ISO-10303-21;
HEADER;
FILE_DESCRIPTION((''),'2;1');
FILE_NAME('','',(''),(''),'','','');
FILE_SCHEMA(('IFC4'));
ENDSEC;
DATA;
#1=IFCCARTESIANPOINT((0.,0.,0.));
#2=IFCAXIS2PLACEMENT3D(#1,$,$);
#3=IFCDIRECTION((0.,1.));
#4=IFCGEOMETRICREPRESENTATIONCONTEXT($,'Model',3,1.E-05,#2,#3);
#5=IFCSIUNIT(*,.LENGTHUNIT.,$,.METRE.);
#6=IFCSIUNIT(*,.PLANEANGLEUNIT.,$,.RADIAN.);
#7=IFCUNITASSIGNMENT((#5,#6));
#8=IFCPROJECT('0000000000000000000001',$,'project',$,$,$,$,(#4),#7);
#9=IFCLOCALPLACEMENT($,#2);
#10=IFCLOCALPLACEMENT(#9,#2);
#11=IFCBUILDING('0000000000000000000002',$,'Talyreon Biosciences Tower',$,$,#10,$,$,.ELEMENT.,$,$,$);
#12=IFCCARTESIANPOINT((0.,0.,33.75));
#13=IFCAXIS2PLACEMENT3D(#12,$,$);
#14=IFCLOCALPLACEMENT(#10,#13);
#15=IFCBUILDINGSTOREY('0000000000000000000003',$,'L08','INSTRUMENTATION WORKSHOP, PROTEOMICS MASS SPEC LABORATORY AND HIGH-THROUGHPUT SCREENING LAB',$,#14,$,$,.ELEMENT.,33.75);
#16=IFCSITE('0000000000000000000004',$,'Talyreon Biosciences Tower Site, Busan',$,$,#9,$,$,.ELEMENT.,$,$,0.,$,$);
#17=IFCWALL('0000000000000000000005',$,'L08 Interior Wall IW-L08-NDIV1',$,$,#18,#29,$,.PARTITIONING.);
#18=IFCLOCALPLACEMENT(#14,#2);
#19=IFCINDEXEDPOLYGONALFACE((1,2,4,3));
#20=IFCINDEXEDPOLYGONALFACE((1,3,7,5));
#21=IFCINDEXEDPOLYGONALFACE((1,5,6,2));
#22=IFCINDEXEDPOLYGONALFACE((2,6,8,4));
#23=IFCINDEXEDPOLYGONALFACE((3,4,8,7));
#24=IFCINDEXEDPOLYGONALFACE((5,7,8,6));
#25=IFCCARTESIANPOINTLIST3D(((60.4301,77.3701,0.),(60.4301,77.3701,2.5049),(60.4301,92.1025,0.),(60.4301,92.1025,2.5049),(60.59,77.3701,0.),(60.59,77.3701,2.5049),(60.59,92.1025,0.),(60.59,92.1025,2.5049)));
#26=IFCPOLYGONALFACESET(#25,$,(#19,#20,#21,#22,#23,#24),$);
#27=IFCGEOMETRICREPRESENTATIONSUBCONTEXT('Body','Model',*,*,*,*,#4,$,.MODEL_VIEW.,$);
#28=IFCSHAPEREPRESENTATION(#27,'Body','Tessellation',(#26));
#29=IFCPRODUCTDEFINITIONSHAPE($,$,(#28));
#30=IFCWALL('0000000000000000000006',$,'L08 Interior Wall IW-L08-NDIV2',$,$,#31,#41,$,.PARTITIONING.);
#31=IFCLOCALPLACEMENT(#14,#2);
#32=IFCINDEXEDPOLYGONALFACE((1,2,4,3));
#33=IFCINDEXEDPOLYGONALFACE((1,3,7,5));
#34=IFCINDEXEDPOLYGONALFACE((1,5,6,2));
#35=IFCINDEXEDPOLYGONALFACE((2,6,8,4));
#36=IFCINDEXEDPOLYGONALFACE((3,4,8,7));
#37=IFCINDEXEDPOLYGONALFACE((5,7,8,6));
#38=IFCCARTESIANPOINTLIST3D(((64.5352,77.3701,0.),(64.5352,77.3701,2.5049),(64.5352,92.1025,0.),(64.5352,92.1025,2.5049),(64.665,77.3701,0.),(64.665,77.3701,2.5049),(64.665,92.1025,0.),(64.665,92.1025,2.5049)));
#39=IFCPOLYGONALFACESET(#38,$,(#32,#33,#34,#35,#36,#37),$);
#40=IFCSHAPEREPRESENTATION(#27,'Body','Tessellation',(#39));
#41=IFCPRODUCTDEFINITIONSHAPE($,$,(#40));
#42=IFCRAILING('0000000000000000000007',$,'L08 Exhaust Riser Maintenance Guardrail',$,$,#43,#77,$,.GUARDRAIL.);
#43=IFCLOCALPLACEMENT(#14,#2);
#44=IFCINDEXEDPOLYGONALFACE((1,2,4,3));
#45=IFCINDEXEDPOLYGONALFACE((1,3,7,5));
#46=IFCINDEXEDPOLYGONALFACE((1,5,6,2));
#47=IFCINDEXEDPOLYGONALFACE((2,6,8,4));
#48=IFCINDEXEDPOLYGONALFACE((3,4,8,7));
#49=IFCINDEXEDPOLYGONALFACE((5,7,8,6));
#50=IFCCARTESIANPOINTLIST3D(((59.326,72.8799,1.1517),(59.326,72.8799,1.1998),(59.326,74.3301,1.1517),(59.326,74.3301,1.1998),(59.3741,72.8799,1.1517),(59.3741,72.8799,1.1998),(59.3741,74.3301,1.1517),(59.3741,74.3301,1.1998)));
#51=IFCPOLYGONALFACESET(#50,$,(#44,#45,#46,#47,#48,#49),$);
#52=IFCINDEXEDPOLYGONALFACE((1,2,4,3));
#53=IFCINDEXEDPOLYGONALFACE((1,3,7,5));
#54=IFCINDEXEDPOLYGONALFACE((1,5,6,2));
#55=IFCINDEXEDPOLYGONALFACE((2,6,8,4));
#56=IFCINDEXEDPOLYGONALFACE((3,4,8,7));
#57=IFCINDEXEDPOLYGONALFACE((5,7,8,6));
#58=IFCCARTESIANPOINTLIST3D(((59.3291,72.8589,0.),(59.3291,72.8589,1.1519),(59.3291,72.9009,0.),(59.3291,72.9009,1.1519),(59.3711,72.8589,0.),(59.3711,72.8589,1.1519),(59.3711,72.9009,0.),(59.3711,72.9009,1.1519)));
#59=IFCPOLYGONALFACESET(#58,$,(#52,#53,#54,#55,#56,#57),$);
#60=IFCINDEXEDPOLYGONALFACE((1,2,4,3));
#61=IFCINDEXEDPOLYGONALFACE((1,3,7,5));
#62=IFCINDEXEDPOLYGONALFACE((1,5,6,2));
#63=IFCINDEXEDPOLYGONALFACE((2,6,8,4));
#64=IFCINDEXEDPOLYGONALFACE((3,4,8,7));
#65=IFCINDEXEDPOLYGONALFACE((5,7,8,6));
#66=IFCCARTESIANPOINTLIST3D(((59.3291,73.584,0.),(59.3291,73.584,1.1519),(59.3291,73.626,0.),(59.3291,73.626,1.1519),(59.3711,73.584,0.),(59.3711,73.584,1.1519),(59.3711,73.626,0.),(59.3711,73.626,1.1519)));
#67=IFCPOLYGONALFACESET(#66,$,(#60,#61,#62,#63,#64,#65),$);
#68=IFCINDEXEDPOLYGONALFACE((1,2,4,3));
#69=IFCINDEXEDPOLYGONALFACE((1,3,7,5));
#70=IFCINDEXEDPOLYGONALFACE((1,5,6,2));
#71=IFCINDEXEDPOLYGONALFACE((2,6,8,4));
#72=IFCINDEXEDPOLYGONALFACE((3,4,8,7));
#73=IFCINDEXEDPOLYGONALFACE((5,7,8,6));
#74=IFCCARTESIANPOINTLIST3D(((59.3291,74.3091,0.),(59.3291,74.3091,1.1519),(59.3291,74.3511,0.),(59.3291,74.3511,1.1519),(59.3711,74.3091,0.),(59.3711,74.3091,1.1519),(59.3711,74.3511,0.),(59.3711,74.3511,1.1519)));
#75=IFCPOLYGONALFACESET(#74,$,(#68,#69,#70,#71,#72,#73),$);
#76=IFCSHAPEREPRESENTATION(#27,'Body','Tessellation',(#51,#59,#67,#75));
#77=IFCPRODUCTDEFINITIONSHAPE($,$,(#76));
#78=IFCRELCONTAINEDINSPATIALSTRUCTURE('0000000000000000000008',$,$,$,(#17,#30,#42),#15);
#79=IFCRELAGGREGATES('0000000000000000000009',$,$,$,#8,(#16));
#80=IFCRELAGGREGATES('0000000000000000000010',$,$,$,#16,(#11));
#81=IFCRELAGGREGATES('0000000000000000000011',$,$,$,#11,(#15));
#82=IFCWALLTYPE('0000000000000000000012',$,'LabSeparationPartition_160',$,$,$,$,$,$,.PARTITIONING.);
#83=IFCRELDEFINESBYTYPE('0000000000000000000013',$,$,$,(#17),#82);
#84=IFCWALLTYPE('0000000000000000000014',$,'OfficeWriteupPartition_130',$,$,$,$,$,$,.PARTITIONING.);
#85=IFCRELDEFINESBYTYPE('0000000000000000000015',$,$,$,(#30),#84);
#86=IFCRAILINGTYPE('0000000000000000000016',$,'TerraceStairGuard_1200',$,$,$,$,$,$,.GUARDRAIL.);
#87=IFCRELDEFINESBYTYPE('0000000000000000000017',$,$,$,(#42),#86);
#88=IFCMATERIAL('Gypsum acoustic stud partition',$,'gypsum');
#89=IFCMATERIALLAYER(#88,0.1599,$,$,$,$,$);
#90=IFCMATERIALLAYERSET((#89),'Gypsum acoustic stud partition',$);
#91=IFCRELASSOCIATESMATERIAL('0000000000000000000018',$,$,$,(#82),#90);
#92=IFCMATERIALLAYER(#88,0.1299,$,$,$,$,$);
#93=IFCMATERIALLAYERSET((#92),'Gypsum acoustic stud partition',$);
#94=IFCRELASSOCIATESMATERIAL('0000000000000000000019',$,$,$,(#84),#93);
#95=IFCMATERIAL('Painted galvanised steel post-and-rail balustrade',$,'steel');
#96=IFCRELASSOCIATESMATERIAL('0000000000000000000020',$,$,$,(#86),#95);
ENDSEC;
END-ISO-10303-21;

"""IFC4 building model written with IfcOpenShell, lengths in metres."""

from ifc_helpers import new_model, si_unit, direction, frame, frame_2d, origin, origin_2d, place, context, subcontext, project, spatial, rectangle, extrude, material, layer, layer_set, type_object, element, save


model = new_model("IFC4")

# Units and contexts
model_context = context("Model", 3, precision=1e-05, world=origin(), true_north=direction((0.0, 1.0)))
body_context = subcontext(model_context, "Body", "Model", "MODEL_VIEW")
ifc_project = project(units=[si_unit("LENGTHUNIT", "METRE"), si_unit("PLANEANGLEUNIT", "RADIAN")], contexts=[model_context])

# Site, building, storey
site_placement = place(None, origin())
site = spatial("IfcSite", under=ifc_project, at=site_placement, Name="Talyreon Biosciences Tower Site, Busan", CompositionType="ELEMENT", RefElevation=0.0)
building_placement = place(site_placement, origin())
building = spatial("IfcBuilding", under=site, at=building_placement, Name="Talyreon Biosciences Tower", CompositionType="ELEMENT")
storey_placement = place(building_placement, frame((0.0, 0.0, 33.75)))
storey = spatial("IfcBuildingStorey", under=building, at=storey_placement, Name="L08", Description="INSTRUMENTATION WORKSHOP, PROTEOMICS MASS SPEC LABORATORY AND HIGH-THROUGHPUT SCREENING LAB", CompositionType="ELEMENT", Elevation=33.75)

# Walls
ifc_material_1 = material(Name="Gypsum acoustic stud partition", Category="gypsum")
ifc_layer_1 = layer(ifc_material_1, 0.1599)
ifc_layer_set_1 = layer_set([ifc_layer_1], Name="Gypsum acoustic stud partition")
wall_type_1 = type_object("IfcWallType", Name="LabSeparationPartition_160", PredefinedType="PARTITIONING", material=ifc_layer_set_1)
wall_1_placement = place(storey_placement, frame((60.51, 77.3701, 0.0), z_axis=(0.0, 0.0, 1.0), x_axis=(0.0, 1.0, 0.0)))
element("IfcWall", 1, at=wall_1_placement, inside=storey, type_object=wall_type_1, Name="L08 Interior Wall IW-L08-NDIV1", PredefinedType="PARTITIONING", context=body_context, shape_type="SweptSolid", body=[
    extrude(rectangle(XDim=14.7324, YDim=0.1599, at=frame_2d((7.3662, 0.0))), origin(), (0.0, 0.0, 1.0), 2.5049),
])
ifc_layer_2 = layer(ifc_material_1, 0.1299)
ifc_layer_set_2 = layer_set([ifc_layer_2], Name="Gypsum acoustic stud partition")
wall_type_2 = type_object("IfcWallType", Name="OfficeWriteupPartition_130", PredefinedType="PARTITIONING", material=ifc_layer_set_2)
wall_2_placement = place(storey_placement, frame((64.6001, 77.3701, 0.0), z_axis=(0.0, 0.0, 1.0), x_axis=(0.0, 1.0, 0.0)))
element("IfcWall", 2, at=wall_2_placement, inside=storey, type_object=wall_type_2, Name="L08 Interior Wall IW-L08-NDIV2", PredefinedType="PARTITIONING", context=body_context, shape_type="SweptSolid", body=[
    extrude(rectangle(XDim=14.7324, YDim=0.1299, at=frame_2d((7.3662, 0.0))), origin(), (0.0, 0.0, 1.0), 2.5049),
])

# Railing
ifc_material_2 = material(Name="Painted galvanised steel post-and-rail balustrade", Category="steel")
railing_type = type_object("IfcRailingType", Name="TerraceStairGuard_1200", PredefinedType="GUARDRAIL", material=ifc_material_2)
railing_placement = place(storey_placement, frame((59.3501, 72.8799, 0.0)))
element("IfcRailing", 3, at=railing_placement, inside=storey, type_object=railing_type, Name="L08 Exhaust Riser Maintenance Guardrail", PredefinedType="GUARDRAIL", context=body_context, shape_type="SweptSolid", body=[
    extrude(rectangle(XDim=0.0481, YDim=0.0481, at=origin_2d()), frame((0.0, 0.0, 1.1758), z_axis=(0.0, 1.0, 0.0), x_axis=(-1.0, 0.0, 0.0)), (0.0, 0.0, 1.0), 1.4502),
    extrude(rectangle(XDim=0.042, YDim=0.042, at=origin_2d()), origin(), (0.0, 0.0, 1.0), 1.1519),
    extrude(rectangle(XDim=0.042, YDim=0.042, at=origin_2d()), frame((0.0, 0.7251, 0.0)), (0.0, 0.0, 1.0), 1.1519),
    extrude(rectangle(XDim=0.042, YDim=0.042, at=origin_2d()), frame((0.0, 1.4502, 0.0)), (0.0, 0.0, 1.0), 1.1519),
])

save(model, "model.ifc")
